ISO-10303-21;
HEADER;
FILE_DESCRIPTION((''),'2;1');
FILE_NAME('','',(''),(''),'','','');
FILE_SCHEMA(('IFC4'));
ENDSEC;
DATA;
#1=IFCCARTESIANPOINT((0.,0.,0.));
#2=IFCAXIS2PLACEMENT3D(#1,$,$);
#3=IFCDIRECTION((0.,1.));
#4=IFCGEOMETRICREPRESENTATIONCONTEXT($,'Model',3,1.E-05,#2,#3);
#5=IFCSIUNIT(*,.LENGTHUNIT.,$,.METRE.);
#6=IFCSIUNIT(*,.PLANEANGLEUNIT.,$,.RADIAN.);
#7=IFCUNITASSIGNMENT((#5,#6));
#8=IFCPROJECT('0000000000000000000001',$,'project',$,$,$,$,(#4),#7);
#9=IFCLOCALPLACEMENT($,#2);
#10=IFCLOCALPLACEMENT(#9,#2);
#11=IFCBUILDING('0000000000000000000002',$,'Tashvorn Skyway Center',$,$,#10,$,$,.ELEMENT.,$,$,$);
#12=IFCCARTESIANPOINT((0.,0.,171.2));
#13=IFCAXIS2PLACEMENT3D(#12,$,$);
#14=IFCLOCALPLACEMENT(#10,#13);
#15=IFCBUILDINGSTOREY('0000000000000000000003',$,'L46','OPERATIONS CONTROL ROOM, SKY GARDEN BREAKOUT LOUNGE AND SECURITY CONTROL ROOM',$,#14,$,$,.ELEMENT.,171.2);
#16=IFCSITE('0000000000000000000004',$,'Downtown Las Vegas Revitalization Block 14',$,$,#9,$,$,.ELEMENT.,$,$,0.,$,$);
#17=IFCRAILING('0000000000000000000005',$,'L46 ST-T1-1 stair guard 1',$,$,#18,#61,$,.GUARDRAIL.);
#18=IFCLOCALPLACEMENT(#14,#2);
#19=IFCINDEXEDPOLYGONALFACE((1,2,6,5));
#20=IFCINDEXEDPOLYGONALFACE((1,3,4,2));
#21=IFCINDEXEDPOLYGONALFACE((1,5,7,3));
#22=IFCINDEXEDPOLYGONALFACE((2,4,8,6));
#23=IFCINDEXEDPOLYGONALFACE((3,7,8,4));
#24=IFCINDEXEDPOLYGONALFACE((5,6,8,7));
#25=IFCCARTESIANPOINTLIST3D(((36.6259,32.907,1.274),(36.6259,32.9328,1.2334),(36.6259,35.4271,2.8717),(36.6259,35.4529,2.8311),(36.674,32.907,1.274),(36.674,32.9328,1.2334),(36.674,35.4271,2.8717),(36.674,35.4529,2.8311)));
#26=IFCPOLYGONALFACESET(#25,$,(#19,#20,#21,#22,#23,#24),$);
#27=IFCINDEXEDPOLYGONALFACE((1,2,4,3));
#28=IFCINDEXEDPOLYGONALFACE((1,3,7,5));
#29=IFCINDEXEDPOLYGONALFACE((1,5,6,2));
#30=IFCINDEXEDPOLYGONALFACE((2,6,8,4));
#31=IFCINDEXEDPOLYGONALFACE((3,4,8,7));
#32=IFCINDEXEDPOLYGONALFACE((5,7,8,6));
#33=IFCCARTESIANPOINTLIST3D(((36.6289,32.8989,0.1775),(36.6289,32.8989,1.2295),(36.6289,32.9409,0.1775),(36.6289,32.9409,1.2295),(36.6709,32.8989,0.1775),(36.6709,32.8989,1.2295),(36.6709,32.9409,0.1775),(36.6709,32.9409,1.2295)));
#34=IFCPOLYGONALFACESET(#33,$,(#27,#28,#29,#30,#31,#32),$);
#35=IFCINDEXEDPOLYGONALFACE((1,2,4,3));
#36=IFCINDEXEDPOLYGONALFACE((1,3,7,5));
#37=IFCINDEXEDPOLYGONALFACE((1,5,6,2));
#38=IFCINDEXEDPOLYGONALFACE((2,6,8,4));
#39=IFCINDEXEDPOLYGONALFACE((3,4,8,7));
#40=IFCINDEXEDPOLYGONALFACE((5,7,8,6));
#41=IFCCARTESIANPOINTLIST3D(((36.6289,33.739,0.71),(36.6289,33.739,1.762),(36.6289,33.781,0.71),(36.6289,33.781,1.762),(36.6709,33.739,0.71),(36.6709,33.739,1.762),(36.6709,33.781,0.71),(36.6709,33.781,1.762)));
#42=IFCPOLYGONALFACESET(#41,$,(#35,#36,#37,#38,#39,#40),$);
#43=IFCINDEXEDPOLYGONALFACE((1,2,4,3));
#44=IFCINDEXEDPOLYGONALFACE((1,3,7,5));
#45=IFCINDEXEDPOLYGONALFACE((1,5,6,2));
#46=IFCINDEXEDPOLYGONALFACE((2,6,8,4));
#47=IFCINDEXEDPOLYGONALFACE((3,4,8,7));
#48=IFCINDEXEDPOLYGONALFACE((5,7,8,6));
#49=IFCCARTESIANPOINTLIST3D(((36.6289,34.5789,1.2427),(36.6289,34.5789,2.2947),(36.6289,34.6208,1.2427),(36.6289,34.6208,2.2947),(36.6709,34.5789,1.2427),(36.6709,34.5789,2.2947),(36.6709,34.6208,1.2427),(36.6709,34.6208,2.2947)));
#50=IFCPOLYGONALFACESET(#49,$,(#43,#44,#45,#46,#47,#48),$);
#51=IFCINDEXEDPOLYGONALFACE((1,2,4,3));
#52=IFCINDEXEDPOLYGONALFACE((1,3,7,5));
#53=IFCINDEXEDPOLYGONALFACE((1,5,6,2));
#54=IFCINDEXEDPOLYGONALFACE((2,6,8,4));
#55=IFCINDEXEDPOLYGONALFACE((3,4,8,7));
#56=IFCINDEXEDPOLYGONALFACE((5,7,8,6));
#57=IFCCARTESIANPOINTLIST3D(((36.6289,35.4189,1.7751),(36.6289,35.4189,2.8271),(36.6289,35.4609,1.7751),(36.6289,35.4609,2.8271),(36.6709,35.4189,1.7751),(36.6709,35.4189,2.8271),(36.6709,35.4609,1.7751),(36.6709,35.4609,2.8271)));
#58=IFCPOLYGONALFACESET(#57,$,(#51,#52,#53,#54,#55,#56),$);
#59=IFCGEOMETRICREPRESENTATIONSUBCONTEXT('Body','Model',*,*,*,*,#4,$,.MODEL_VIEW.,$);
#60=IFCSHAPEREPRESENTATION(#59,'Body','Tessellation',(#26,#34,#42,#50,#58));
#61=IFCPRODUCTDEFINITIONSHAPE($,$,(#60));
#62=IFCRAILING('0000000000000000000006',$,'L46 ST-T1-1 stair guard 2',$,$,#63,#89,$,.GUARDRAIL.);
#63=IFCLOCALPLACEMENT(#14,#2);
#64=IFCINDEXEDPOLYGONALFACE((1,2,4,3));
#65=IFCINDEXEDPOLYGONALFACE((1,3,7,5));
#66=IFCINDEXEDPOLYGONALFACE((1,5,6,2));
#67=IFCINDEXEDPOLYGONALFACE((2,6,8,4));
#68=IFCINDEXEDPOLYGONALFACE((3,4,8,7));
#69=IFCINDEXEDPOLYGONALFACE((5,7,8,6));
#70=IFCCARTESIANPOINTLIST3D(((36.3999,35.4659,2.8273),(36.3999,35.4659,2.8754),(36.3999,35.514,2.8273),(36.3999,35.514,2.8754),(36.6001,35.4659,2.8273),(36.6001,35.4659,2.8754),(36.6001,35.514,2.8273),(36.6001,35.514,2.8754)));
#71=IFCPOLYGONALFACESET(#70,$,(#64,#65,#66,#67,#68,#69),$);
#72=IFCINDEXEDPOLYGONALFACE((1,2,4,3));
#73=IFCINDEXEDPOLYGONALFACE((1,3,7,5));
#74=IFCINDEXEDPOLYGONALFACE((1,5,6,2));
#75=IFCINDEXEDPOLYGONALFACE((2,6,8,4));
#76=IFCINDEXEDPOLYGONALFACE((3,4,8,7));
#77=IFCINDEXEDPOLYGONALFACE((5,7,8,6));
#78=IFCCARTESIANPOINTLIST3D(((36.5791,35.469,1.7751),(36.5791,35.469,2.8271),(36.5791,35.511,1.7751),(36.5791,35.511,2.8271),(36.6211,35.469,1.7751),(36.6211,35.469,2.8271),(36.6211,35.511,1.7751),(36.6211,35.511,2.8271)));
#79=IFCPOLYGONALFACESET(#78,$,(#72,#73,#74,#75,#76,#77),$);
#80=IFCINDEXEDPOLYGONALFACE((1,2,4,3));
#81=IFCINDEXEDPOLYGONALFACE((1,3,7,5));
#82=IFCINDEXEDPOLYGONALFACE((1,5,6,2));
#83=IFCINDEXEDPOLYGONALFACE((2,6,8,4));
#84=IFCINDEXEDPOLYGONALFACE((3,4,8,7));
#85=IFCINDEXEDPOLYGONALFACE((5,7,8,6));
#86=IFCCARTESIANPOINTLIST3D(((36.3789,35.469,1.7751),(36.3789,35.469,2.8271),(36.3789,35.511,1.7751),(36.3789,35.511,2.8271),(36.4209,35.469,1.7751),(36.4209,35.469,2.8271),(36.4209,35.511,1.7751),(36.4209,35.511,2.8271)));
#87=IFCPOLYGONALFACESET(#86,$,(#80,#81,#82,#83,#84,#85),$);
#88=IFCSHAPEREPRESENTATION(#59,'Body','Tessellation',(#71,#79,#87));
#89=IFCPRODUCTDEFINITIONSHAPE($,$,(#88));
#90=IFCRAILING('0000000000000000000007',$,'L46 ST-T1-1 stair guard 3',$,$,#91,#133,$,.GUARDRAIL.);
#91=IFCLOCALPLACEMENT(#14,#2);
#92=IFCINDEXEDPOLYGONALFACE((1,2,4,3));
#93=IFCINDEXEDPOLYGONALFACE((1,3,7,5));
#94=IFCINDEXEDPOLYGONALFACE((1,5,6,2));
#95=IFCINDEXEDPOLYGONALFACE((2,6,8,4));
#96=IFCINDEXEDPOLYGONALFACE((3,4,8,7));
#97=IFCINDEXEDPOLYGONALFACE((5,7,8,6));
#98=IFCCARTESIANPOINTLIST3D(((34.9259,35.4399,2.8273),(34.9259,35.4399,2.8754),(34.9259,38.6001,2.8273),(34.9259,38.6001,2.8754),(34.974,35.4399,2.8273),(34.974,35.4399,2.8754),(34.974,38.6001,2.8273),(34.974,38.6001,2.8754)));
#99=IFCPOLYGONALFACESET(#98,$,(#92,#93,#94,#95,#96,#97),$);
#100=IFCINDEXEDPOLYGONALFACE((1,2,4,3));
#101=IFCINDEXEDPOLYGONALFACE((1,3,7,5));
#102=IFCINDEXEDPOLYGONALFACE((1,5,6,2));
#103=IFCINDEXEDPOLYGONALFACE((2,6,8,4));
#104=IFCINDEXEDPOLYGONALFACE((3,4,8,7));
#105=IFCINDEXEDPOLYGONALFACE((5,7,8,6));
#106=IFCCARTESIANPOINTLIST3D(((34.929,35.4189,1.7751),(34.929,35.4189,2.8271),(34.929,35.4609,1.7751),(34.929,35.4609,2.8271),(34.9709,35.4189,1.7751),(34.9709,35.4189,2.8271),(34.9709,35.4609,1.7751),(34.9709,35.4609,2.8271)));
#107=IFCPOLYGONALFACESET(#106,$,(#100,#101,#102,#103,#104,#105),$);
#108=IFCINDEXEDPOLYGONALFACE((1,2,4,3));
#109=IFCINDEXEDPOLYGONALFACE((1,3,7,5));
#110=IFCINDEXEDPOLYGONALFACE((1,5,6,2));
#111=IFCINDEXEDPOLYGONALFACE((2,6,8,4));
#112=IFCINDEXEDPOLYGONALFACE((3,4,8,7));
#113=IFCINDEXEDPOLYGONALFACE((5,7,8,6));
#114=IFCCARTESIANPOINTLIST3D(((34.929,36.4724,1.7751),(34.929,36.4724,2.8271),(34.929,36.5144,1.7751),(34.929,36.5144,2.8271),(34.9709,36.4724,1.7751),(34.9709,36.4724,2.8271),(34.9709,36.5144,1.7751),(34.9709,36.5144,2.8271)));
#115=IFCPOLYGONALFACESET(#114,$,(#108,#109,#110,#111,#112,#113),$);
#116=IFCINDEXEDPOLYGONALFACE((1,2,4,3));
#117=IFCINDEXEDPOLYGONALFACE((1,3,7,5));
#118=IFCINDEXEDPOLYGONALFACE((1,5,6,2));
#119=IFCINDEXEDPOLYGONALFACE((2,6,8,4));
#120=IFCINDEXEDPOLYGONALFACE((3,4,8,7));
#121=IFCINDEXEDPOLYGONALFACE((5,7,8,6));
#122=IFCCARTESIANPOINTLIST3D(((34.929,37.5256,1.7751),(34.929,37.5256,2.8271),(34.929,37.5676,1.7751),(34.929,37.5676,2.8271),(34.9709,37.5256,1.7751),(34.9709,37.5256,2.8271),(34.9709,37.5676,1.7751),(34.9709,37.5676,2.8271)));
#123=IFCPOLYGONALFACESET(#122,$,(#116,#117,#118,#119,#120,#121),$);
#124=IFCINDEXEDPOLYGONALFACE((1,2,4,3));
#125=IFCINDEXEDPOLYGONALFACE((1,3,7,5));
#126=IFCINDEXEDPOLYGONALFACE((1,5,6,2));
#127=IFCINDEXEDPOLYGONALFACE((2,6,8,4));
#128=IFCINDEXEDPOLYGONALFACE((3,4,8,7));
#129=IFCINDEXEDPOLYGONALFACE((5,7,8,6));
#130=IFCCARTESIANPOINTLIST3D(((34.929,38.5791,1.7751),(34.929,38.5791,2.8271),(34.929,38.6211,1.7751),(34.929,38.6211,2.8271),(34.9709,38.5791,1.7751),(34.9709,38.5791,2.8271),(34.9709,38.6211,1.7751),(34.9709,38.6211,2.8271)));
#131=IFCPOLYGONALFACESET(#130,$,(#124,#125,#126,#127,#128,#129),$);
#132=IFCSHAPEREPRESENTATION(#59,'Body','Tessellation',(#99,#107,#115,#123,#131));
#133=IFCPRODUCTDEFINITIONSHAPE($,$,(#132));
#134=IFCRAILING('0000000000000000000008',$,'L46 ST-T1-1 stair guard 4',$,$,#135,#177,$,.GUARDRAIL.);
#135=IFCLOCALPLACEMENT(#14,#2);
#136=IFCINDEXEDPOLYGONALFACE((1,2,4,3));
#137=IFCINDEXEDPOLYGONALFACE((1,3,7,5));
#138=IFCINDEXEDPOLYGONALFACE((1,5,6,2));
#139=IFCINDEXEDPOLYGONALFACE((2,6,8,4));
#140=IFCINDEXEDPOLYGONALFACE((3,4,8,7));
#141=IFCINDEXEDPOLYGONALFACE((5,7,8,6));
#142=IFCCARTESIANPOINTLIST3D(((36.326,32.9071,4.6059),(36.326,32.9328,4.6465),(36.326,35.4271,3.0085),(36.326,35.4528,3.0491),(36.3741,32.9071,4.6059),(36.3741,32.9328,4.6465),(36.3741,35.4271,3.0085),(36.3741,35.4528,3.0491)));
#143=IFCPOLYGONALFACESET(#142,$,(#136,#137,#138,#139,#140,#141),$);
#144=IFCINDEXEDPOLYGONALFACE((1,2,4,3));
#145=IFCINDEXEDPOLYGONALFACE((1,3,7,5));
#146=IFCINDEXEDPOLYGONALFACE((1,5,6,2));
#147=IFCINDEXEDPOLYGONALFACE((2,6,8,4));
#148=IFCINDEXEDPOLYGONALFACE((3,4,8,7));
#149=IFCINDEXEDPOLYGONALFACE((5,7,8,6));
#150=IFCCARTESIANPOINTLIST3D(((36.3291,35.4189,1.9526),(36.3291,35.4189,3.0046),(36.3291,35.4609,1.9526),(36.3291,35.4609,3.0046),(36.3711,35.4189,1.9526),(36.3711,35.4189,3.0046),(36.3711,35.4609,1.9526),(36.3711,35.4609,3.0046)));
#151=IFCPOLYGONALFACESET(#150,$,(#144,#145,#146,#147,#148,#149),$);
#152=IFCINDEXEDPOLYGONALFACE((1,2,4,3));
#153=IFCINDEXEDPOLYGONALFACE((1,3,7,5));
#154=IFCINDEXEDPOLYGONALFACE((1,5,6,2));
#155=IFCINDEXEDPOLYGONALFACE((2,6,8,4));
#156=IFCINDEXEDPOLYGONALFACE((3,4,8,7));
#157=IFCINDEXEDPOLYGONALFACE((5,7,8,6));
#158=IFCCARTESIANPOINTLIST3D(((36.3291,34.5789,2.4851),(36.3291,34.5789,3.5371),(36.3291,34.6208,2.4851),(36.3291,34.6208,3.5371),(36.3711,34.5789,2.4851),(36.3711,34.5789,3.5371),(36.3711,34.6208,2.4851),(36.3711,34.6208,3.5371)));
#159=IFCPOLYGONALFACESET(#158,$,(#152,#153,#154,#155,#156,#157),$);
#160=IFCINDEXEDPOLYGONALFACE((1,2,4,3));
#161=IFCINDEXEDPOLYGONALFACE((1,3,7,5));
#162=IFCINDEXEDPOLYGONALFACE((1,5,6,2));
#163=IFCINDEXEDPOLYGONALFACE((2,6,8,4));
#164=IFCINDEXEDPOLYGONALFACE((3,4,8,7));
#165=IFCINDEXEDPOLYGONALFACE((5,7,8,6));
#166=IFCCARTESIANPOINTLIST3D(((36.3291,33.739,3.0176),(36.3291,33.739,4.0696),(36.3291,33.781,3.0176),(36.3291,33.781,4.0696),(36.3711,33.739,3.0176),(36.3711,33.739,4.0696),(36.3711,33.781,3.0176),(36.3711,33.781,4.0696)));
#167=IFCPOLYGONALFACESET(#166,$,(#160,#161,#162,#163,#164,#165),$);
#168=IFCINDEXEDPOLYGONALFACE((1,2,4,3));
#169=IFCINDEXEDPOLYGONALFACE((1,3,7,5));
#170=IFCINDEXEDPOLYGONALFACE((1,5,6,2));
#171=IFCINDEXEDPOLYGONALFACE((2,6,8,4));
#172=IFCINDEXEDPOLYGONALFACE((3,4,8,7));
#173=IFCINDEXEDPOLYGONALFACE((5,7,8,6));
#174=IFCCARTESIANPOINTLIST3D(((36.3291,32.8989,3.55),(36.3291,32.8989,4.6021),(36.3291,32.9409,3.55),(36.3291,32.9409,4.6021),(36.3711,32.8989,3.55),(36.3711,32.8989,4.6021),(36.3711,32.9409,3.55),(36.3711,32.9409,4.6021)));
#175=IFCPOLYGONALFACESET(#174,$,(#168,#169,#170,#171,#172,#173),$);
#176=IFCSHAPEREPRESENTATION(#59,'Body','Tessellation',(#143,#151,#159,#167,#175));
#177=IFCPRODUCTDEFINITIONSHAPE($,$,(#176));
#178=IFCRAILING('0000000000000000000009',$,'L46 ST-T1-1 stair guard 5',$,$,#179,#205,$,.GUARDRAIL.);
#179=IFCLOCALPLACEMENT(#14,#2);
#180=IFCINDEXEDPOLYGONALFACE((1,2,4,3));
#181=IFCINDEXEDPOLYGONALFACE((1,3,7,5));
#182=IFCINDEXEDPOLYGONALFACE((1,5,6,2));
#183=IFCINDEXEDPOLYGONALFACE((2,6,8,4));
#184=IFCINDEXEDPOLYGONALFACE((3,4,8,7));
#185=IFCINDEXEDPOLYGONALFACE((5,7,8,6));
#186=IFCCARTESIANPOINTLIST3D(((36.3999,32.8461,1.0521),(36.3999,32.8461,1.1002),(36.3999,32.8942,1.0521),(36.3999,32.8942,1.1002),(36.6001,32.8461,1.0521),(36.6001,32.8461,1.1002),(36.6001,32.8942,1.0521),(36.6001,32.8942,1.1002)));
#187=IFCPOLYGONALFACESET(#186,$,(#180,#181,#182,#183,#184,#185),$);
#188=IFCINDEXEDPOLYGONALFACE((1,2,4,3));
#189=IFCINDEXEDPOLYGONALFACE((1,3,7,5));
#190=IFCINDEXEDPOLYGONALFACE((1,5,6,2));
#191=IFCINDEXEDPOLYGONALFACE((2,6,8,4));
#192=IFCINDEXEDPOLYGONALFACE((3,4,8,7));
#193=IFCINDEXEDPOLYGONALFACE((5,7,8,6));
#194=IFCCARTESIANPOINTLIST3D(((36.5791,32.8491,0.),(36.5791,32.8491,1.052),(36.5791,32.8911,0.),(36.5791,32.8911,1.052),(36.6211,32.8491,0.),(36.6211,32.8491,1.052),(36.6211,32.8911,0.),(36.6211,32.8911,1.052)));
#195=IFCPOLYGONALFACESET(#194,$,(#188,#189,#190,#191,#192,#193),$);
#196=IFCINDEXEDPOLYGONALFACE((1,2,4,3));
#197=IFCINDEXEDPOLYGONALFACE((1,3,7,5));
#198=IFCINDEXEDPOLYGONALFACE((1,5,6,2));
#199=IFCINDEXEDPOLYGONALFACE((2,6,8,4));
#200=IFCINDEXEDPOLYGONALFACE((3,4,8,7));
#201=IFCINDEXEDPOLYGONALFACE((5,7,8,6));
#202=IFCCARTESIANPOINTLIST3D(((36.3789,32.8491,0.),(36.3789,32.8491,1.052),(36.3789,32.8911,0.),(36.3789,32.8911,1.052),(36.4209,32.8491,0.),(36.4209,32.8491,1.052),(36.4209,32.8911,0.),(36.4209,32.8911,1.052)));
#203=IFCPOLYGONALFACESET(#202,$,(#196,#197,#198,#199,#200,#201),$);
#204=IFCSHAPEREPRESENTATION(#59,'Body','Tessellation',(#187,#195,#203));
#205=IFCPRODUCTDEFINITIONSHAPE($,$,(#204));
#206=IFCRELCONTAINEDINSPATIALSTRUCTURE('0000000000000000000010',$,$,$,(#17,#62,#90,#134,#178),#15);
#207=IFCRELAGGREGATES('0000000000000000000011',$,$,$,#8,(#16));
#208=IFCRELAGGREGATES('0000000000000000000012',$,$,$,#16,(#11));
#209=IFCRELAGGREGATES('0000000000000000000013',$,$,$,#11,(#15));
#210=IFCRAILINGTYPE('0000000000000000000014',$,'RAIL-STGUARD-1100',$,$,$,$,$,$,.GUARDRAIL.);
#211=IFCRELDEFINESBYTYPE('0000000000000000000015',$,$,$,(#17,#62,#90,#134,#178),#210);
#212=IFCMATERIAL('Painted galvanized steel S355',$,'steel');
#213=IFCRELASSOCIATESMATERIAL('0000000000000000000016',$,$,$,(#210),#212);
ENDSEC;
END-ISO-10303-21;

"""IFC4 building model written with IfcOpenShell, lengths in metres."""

from ifc_helpers import new_model, si_unit, direction, frame, origin, origin_2d, place, context, subcontext, project, spatial, rectangle, extrude, material, type_object, element, save


model = new_model("IFC4")

# Units and contexts
model_context = context("Model", 3, precision=1e-05, world=origin(), true_north=direction((0.0, 1.0)))
body_context = subcontext(model_context, "Body", "Model", "MODEL_VIEW")
ifc_project = project(units=[si_unit("LENGTHUNIT", "METRE"), si_unit("PLANEANGLEUNIT", "RADIAN")], contexts=[model_context])

# Site, building, storey
site_placement = place(None, origin())
site = spatial("IfcSite", under=ifc_project, at=site_placement, Name="Downtown Las Vegas Revitalization Block 14", CompositionType="ELEMENT", RefElevation=0.0)
building_placement = place(site_placement, origin())
building = spatial("IfcBuilding", under=site, at=building_placement, Name="Tashvorn Skyway Center", CompositionType="ELEMENT")
storey_placement = place(building_placement, frame((0.0, 0.0, 171.2)))
storey = spatial("IfcBuildingStorey", under=building, at=storey_placement, Name="L46", Description="OPERATIONS CONTROL ROOM, SKY GARDEN BREAKOUT LOUNGE AND SECURITY CONTROL ROOM", CompositionType="ELEMENT", Elevation=171.2)

# Railings
ifc_material_1 = material(Name="Painted galvanized steel S355", Category="steel")
railing_type_1 = type_object("IfcRailingType", Name="RAIL-STGUARD-1100", PredefinedType="GUARDRAIL", material=ifc_material_1)
railing_1_placement = place(storey_placement, frame((36.6499, 32.9199, 0.1775)))
element("IfcRailing", 1, at=railing_1_placement, inside=storey, type_object=railing_type_1, Name="L46 ST-T1-1 stair guard 1", PredefinedType="GUARDRAIL", context=body_context, shape_type="SweptSolid", body=[
    extrude(rectangle(XDim=0.0481, YDim=0.0481, at=origin_2d()), frame((0.0, 0.0, 1.0762), z_axis=(0.0, 0.84457, 0.535445), x_axis=(-1.0, 0.0, 0.0)), (0.0, 0.0, 1.0), 2.9839),
    extrude(rectangle(XDim=0.042, YDim=0.042, at=origin_2d()), origin(), (0.0, 0.0, 1.0), 1.052),
    extrude(rectangle(XDim=0.042, YDim=0.042, at=origin_2d()), frame((0.0, 0.8401, 0.5325)), (0.0, 0.0, 1.0), 1.052),
    extrude(rectangle(XDim=0.042, YDim=0.042, at=origin_2d()), frame((0.0, 1.6799, 1.0652)), (0.0, 0.0, 1.0), 1.052),
    extrude(rectangle(XDim=0.042, YDim=0.042, at=origin_2d()), frame((0.0, 2.52, 1.5977)), (0.0, 0.0, 1.0), 1.052),
])
railing_2_placement = place(storey_placement, frame((36.6001, 35.49, 1.7751)))
element("IfcRailing", 2, at=railing_2_placement, inside=storey, type_object=railing_type_1, Name="L46 ST-T1-1 stair guard 2", PredefinedType="GUARDRAIL", context=body_context, shape_type="SweptSolid", body=[
    extrude(rectangle(XDim=0.0481, YDim=0.0481, at=origin_2d()), frame((0.0, 0.0, 1.0762), z_axis=(-1.0, 0.0, 0.0), x_axis=(0.0, -1.0, 0.0)), (0.0, 0.0, 1.0), 0.2002),
    extrude(rectangle(XDim=0.042, YDim=0.042, at=origin_2d()), origin(), (0.0, 0.0, 1.0), 1.052),
    extrude(rectangle(XDim=0.042, YDim=0.042, at=origin_2d()), frame((-0.2002, 0.0, 0.0)), (0.0, 0.0, 1.0), 1.052),
])
railing_3_placement = place(storey_placement, frame((34.95, 35.4399, 1.7751)))
element("IfcRailing", 3, at=railing_3_placement, inside=storey, type_object=railing_type_1, Name="L46 ST-T1-1 stair guard 3", PredefinedType="GUARDRAIL", context=body_context, shape_type="SweptSolid", body=[
    extrude(rectangle(XDim=0.0481, YDim=0.0481, at=origin_2d()), frame((0.0, 0.0, 1.0762), z_axis=(0.0, 1.0, 0.0), x_axis=(-1.0, 0.0, 0.0)), (0.0, 0.0, 1.0), 3.1602),
    extrude(rectangle(XDim=0.042, YDim=0.042, at=origin_2d()), origin(), (0.0, 0.0, 1.0), 1.052),
    extrude(rectangle(XDim=0.042, YDim=0.042, at=origin_2d()), frame((0.0, 1.0535, 0.0)), (0.0, 0.0, 1.0), 1.052),
    extrude(rectangle(XDim=0.042, YDim=0.042, at=origin_2d()), frame((0.0, 2.1067, 0.0)), (0.0, 0.0, 1.0), 1.052),
    extrude(rectangle(XDim=0.042, YDim=0.042, at=origin_2d()), frame((0.0, 3.1602, 0.0)), (0.0, 0.0, 1.0), 1.052),
])
railing_4_placement = place(storey_placement, frame((36.3501, 35.4399, 1.9526)))
element("IfcRailing", 4, at=railing_4_placement, inside=storey, type_object=railing_type_1, Name="L46 ST-T1-1 stair guard 4", PredefinedType="GUARDRAIL", context=body_context, shape_type="SweptSolid", body=[
    extrude(rectangle(XDim=0.0481, YDim=0.0481, at=origin_2d()), frame((0.0, 0.0, 1.0762), z_axis=(0.0, -0.844607, 0.535387), x_axis=(1.0, 0.0, 0.0)), (0.0, 0.0, 1.0), 2.9836),
    extrude(rectangle(XDim=0.042, YDim=0.042, at=origin_2d()), origin(), (0.0, 0.0, 1.0), 1.052),
    extrude(rectangle(XDim=0.042, YDim=0.042, at=origin_2d()), frame((0.0, -0.8401, 0.5325)), (0.0, 0.0, 1.0), 1.052),
    extrude(rectangle(XDim=0.042, YDim=0.042, at=origin_2d()), frame((0.0, -1.6799, 1.0649)), (0.0, 0.0, 1.0), 1.052),
    extrude(rectangle(XDim=0.042, YDim=0.042, at=origin_2d()), frame((0.0, -2.52, 1.5974)), (0.0, 0.0, 1.0), 1.052),
])
railing_5_placement = place(storey_placement, frame((36.6001, 32.8701, 0.0)))
element("IfcRailing", 5, at=railing_5_placement, inside=storey, type_object=railing_type_1, Name="L46 ST-T1-1 stair guard 5", PredefinedType="GUARDRAIL", context=body_context, shape_type="SweptSolid", body=[
    extrude(rectangle(XDim=0.0481, YDim=0.0481, at=origin_2d()), frame((0.0, 0.0, 1.0762), z_axis=(-1.0, 0.0, 0.0), x_axis=(0.0, -1.0, 0.0)), (0.0, 0.0, 1.0), 0.2002),
    extrude(rectangle(XDim=0.042, YDim=0.042, at=origin_2d()), origin(), (0.0, 0.0, 1.0), 1.052),
    extrude(rectangle(XDim=0.042, YDim=0.042, at=origin_2d()), frame((-0.2002, 0.0, 0.0)), (0.0, 0.0, 1.0), 1.052),
])

save(model, "model.ifc")
